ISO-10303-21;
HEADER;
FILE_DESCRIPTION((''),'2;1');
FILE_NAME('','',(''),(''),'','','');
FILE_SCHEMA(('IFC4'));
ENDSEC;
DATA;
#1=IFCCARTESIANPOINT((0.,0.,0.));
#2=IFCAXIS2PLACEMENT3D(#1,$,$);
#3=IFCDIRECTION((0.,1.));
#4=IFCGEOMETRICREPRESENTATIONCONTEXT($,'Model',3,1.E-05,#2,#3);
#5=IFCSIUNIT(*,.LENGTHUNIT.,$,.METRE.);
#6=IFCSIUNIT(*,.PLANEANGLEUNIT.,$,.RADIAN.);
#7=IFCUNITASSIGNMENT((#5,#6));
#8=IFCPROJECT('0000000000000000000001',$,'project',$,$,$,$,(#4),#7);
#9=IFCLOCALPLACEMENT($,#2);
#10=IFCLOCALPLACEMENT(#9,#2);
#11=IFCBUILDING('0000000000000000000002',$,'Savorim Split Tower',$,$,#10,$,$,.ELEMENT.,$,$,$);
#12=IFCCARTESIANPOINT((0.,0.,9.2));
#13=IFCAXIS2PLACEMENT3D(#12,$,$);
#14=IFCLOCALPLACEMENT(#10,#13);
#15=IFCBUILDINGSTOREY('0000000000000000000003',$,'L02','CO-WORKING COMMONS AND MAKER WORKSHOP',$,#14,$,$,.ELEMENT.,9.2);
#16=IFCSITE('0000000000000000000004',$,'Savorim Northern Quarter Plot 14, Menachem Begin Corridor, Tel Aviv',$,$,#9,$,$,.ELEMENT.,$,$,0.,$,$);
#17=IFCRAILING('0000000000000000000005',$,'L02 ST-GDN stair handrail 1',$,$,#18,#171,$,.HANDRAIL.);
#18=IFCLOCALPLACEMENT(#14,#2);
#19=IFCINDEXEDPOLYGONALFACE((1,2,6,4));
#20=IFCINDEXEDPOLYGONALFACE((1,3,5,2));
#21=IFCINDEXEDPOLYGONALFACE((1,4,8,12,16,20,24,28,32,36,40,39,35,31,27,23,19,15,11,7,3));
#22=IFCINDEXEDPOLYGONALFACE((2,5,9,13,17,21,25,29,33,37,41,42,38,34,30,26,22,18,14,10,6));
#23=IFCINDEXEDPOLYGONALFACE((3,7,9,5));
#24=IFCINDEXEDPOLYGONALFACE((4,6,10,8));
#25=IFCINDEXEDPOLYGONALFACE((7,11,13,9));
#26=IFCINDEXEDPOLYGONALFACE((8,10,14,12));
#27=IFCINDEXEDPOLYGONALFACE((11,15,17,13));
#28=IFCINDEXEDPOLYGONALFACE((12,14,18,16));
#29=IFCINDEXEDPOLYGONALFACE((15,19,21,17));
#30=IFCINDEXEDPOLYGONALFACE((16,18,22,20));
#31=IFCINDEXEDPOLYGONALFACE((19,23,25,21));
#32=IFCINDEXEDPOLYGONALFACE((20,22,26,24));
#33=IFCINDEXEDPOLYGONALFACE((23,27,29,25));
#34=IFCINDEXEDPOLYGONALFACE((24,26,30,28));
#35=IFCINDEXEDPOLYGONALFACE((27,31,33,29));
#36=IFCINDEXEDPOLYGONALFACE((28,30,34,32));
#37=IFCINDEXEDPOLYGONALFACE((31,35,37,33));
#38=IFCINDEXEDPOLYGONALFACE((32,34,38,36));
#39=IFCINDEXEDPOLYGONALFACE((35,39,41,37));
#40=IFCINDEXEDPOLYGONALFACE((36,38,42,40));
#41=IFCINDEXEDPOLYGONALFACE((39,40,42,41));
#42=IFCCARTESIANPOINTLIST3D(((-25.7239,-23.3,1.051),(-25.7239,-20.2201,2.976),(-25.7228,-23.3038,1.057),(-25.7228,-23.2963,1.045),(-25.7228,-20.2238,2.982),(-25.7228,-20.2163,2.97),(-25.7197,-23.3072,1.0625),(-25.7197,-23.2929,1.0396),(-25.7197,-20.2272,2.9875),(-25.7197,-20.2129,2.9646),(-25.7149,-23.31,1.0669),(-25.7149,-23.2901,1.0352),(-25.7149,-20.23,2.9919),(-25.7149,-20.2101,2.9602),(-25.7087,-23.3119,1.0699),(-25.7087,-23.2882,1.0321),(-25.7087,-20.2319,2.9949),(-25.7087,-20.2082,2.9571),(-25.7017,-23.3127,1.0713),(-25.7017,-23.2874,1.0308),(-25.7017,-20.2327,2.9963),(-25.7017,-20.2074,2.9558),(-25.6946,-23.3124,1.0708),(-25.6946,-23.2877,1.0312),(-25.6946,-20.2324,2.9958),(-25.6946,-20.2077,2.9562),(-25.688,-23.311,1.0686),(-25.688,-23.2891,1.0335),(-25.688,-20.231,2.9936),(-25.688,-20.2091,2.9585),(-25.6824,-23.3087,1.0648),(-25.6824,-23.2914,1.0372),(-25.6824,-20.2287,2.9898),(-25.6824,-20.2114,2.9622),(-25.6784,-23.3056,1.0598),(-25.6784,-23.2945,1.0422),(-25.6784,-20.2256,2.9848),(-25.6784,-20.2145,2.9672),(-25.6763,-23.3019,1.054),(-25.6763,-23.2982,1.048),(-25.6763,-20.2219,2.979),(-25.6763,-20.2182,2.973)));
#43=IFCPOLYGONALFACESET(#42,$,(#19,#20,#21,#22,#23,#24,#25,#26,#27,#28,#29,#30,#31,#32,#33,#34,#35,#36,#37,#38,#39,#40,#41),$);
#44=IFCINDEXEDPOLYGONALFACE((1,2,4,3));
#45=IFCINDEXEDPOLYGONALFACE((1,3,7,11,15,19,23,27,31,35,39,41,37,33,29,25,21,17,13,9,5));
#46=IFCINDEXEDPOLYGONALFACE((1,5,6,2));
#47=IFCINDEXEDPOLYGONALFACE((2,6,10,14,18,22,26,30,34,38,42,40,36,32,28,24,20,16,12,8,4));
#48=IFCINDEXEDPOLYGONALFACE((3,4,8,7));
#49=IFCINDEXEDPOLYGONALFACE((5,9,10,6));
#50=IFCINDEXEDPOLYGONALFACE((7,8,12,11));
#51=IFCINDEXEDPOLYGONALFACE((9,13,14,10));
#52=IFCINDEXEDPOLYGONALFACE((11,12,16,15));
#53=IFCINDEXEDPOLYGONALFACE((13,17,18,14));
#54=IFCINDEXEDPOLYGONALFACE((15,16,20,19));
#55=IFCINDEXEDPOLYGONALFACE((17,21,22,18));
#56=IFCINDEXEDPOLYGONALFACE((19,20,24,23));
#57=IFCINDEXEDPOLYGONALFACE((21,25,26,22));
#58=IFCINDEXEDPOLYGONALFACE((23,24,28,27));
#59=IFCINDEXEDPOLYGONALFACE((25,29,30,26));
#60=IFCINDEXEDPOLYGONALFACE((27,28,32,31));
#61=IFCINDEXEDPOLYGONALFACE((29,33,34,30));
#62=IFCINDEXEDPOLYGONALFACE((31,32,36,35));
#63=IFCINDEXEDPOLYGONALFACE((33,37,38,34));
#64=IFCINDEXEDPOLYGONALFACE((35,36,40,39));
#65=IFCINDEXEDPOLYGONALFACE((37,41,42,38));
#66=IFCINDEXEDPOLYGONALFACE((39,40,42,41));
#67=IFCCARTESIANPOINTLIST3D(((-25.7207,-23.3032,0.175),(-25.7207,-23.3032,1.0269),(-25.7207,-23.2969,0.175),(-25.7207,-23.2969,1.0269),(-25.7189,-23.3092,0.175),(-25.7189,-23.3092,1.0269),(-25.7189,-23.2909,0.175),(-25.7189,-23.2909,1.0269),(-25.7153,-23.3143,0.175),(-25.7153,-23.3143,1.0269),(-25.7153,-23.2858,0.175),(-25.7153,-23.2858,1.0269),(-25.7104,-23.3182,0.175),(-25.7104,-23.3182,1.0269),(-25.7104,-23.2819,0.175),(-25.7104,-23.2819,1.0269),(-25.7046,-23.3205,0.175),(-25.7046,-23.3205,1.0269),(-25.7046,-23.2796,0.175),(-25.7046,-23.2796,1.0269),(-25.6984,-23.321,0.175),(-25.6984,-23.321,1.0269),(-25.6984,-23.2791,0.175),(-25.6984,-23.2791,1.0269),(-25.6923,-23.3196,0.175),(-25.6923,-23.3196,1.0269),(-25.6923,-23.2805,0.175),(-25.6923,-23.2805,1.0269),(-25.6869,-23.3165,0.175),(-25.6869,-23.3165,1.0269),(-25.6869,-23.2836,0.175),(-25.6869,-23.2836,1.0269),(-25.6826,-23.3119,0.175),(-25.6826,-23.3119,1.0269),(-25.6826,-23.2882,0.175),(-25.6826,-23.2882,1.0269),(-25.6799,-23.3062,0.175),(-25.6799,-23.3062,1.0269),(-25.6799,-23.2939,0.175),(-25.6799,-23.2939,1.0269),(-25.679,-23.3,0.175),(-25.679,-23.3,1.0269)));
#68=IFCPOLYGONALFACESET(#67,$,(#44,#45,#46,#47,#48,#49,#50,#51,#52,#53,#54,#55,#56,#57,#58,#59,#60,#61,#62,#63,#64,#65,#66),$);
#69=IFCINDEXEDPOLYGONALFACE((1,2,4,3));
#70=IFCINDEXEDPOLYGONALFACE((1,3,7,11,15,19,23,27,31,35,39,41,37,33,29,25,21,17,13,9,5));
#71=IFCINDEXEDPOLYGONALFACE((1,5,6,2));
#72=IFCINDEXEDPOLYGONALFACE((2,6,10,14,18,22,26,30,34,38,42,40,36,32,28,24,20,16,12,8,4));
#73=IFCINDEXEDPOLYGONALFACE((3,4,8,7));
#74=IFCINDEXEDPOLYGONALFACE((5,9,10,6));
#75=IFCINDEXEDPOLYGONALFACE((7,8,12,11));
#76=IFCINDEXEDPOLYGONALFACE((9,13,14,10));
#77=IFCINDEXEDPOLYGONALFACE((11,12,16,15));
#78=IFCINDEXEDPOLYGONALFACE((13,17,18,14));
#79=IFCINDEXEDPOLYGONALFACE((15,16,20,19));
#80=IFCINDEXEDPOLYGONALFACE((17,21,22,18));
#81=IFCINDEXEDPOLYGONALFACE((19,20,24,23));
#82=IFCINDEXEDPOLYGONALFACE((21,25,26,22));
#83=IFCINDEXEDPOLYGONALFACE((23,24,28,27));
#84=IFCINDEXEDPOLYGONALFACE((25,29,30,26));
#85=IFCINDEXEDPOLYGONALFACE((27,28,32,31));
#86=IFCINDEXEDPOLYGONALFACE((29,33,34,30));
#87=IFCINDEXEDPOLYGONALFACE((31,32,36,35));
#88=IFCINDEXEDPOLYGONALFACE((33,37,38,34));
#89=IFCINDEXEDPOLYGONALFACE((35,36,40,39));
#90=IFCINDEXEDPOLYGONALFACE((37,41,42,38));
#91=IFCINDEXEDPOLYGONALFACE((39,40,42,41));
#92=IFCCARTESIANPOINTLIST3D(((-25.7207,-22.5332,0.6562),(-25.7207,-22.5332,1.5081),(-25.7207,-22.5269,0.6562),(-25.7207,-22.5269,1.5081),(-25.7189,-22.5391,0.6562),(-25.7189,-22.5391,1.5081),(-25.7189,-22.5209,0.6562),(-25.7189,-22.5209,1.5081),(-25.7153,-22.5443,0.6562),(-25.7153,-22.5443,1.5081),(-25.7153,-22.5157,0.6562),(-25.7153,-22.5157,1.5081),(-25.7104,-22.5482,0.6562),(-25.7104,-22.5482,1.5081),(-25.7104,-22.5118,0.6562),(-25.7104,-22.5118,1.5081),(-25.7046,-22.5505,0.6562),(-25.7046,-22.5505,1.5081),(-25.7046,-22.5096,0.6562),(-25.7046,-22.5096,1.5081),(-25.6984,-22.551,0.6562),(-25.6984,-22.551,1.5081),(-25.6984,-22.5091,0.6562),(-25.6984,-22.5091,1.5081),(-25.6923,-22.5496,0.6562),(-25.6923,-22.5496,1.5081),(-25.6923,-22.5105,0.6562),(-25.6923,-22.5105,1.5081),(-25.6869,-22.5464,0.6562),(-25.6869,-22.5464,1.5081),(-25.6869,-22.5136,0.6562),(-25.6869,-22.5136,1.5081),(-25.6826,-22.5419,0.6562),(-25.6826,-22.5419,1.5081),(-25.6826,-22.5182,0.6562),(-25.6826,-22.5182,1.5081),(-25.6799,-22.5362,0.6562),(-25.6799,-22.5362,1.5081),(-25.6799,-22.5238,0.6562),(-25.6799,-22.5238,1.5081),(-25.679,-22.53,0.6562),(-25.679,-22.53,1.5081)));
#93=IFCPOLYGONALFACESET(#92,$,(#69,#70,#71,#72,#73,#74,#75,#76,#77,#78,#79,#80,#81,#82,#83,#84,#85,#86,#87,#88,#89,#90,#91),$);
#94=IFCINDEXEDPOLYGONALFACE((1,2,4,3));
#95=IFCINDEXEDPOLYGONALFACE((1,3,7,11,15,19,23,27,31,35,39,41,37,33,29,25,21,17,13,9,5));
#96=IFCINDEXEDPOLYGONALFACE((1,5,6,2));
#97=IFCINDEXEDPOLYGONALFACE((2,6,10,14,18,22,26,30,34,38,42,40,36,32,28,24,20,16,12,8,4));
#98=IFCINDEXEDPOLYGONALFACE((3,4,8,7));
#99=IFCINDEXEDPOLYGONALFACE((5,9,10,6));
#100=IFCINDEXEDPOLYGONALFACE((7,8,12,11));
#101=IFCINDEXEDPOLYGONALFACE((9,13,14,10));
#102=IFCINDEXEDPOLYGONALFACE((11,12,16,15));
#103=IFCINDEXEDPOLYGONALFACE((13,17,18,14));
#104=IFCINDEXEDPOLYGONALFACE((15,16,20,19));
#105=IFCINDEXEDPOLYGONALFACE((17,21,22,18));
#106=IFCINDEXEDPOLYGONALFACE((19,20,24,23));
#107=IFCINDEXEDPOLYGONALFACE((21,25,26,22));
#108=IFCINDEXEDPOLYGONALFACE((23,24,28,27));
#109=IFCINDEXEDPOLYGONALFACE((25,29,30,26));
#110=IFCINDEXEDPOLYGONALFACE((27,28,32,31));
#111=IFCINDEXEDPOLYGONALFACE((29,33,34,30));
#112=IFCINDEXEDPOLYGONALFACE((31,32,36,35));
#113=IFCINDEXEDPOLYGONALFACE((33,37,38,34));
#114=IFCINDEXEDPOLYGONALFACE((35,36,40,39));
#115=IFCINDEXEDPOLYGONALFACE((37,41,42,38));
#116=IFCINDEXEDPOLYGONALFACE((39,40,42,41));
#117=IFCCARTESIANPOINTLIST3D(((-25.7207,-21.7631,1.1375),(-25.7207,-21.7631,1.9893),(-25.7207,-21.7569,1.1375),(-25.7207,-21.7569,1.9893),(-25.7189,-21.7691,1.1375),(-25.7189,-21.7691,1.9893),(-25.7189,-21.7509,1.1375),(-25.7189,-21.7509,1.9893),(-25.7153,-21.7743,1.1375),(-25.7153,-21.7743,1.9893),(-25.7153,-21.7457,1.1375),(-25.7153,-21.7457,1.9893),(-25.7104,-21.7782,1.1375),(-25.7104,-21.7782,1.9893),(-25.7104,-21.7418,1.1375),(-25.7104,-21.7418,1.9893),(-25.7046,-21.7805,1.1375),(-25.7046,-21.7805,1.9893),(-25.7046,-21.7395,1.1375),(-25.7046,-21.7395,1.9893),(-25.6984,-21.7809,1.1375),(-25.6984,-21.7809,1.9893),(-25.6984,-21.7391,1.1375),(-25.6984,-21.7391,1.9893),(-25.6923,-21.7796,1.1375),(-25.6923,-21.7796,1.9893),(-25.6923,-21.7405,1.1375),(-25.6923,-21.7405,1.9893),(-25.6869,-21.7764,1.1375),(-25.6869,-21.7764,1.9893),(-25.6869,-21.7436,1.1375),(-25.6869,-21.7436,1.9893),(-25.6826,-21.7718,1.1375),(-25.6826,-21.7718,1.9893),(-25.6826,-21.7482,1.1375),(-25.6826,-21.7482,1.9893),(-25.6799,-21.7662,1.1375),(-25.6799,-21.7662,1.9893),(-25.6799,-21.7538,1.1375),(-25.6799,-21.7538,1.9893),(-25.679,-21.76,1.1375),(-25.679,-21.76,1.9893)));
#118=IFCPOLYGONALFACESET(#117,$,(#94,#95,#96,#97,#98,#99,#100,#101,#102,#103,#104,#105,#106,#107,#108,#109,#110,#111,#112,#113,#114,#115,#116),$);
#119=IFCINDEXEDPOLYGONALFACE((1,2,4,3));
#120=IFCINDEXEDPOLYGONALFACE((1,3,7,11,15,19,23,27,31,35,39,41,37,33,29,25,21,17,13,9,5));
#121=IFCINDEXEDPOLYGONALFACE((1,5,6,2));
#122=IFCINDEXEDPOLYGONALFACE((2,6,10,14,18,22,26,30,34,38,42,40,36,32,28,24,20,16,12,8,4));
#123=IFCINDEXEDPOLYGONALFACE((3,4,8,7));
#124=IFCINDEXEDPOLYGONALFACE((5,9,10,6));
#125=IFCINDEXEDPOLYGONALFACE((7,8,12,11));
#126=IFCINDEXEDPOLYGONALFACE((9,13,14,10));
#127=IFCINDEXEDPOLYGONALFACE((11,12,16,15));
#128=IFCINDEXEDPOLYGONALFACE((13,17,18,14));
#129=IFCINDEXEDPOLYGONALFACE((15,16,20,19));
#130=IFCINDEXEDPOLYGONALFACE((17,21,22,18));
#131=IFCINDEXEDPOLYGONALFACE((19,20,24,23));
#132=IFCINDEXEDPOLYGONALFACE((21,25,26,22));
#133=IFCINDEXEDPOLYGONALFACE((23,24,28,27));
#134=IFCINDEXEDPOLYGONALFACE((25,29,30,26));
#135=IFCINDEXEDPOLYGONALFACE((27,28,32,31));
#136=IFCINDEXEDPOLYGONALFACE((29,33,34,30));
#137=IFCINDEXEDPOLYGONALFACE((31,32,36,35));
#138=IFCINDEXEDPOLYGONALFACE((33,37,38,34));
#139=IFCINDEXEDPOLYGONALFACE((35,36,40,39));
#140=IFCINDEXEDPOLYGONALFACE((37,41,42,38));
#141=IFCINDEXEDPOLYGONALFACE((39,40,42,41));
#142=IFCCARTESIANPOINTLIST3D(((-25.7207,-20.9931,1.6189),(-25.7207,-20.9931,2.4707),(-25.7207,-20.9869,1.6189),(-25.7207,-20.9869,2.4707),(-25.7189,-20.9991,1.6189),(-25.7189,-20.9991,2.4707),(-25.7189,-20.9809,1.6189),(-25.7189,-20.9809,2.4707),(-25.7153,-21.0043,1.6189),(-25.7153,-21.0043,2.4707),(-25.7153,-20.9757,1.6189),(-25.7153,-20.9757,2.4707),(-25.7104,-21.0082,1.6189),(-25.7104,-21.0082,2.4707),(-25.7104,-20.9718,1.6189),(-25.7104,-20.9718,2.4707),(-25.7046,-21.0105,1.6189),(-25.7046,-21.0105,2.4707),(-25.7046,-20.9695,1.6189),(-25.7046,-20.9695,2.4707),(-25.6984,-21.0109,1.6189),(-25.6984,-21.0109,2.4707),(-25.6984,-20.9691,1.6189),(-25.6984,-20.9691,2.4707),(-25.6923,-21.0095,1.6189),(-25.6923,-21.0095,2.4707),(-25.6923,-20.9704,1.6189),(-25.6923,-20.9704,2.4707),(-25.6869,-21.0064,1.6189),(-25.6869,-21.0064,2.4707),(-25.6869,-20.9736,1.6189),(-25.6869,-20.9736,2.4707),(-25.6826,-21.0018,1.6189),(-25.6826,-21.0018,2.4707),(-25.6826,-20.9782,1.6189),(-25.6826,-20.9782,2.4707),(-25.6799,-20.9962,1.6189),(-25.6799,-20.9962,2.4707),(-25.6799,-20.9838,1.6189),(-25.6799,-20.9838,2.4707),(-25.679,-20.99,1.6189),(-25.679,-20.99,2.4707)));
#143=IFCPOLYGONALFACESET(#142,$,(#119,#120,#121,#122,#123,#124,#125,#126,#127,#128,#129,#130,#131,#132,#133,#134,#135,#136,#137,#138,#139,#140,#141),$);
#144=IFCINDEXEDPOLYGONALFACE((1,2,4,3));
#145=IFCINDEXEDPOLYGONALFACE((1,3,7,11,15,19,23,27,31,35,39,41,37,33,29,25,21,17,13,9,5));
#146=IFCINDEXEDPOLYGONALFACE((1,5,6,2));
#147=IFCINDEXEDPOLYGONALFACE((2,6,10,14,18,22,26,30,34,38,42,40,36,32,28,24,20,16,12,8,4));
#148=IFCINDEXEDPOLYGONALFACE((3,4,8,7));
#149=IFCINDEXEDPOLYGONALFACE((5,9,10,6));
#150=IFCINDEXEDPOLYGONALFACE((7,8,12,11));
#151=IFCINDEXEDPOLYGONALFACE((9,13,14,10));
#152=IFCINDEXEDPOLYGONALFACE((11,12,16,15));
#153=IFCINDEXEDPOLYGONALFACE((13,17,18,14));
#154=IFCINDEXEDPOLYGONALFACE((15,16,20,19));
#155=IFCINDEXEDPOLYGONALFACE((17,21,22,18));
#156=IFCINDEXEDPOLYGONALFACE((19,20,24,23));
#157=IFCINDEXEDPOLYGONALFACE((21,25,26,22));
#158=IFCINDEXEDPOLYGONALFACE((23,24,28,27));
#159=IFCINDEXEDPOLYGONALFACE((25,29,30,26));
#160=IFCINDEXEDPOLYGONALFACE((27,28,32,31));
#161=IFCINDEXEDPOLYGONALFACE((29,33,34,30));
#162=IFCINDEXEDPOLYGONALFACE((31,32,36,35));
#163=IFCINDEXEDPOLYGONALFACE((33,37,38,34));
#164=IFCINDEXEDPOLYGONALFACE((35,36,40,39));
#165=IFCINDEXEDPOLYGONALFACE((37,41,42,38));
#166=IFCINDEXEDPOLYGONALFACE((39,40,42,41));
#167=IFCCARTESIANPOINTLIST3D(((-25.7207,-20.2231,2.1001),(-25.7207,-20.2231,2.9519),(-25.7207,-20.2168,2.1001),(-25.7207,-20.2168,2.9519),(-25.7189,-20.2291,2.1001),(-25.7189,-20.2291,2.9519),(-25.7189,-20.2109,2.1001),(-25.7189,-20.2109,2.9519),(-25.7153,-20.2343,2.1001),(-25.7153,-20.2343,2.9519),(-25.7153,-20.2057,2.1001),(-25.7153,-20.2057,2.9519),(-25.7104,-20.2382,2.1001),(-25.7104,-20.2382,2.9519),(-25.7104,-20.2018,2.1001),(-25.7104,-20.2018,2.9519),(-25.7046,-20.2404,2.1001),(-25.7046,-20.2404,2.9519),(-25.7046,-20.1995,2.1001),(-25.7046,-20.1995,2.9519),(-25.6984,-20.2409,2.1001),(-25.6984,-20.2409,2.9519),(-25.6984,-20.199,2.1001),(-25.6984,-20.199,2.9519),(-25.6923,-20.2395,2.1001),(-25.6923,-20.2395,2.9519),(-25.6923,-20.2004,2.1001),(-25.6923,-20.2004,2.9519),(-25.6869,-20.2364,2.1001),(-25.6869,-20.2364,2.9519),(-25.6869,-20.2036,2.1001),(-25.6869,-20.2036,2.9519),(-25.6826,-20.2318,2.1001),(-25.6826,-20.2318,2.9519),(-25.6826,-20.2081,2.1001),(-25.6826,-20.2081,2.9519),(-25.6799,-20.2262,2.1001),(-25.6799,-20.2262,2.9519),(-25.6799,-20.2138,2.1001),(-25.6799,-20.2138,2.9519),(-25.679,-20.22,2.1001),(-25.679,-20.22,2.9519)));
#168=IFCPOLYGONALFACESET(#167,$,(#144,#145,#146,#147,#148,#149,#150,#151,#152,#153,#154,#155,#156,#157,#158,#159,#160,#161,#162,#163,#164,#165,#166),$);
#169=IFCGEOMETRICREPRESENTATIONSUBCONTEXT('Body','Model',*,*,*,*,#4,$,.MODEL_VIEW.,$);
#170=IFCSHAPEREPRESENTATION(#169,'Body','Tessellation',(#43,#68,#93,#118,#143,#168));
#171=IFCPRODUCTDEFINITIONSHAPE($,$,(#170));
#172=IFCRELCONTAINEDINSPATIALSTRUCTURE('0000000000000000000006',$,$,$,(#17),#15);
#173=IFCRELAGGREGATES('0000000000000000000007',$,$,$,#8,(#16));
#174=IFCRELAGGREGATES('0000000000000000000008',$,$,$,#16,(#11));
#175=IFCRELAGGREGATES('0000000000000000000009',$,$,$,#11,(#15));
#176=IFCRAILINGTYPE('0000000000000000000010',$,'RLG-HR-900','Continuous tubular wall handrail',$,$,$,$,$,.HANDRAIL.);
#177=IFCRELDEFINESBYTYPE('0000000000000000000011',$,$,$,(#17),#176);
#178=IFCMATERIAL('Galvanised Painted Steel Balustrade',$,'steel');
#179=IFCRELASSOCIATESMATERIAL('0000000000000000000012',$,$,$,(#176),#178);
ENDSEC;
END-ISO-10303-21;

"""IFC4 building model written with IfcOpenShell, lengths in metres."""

from ifc_helpers import new_model, si_unit, direction, frame, origin, origin_2d, place, context, subcontext, project, spatial, circle, extrude, material, type_object, element, save


model = new_model("IFC4")

# Units and contexts
model_context = context("Model", 3, precision=1e-05, world=origin(), true_north=direction((0.0, 1.0)))
body_context = subcontext(model_context, "Body", "Model", "MODEL_VIEW")
ifc_project = project(units=[si_unit("LENGTHUNIT", "METRE"), si_unit("PLANEANGLEUNIT", "RADIAN")], contexts=[model_context])

# Site, building, storey
site_placement = place(None, origin())
site = spatial("IfcSite", under=ifc_project, at=site_placement, Name="Savorim Northern Quarter Plot 14, Menachem Begin Corridor, Tel Aviv", CompositionType="ELEMENT", RefElevation=0.0)
building_placement = place(site_placement, origin())
building = spatial("IfcBuilding", under=site, at=building_placement, Name="Savorim Split Tower", CompositionType="ELEMENT")
storey_placement = place(building_placement, frame((0.0, 0.0, 9.2)))
storey = spatial("IfcBuildingStorey", under=building, at=storey_placement, Name="L02", Description="CO-WORKING COMMONS AND MAKER WORKSHOP", CompositionType="ELEMENT", Elevation=9.2)

# Railing
ifc_material_1 = material(Name="Galvanised Painted Steel Balustrade", Category="steel")
railing_type_1 = type_object("IfcRailingType", Name="RLG-HR-900", Description="Continuous tubular wall handrail", PredefinedType="HANDRAIL", material=ifc_material_1)
railing_1_placement = place(storey_placement, frame((-25.7, -23.3, 0.175)))
element("IfcRailing", 1, at=railing_1_placement, inside=storey, type_object=railing_type_1, Name="L02 ST-GDN stair handrail 1", PredefinedType="HANDRAIL", context=body_context, shape_type="SweptSolid", body=[
    extrude(circle(Radius=0.0239, at=origin_2d()), frame((0.0, 0.0, 0.876), z_axis=(0.0, 0.847998, 0.529999), x_axis=(-1.0, 0.0, 0.0)), (0.0, 0.0, 1.0), 3.6321),
    extrude(circle(Radius=0.021, at=origin_2d()), origin(), (0.0, 0.0, 1.0), 0.8518),
    extrude(circle(Radius=0.021, at=origin_2d()), frame((0.0, 0.77, 0.4812)), (0.0, 0.0, 1.0), 0.8518),
    extrude(circle(Radius=0.021, at=origin_2d()), frame((0.0, 1.54, 0.9624)), (0.0, 0.0, 1.0), 0.8518),
    extrude(circle(Radius=0.021, at=origin_2d()), frame((0.0, 2.3101, 1.4438)), (0.0, 0.0, 1.0), 0.8518),
    extrude(circle(Radius=0.021, at=origin_2d()), frame((0.0, 3.0801, 1.925)), (0.0, 0.0, 1.0), 0.8518),
])

save(model, "model.ifc")
